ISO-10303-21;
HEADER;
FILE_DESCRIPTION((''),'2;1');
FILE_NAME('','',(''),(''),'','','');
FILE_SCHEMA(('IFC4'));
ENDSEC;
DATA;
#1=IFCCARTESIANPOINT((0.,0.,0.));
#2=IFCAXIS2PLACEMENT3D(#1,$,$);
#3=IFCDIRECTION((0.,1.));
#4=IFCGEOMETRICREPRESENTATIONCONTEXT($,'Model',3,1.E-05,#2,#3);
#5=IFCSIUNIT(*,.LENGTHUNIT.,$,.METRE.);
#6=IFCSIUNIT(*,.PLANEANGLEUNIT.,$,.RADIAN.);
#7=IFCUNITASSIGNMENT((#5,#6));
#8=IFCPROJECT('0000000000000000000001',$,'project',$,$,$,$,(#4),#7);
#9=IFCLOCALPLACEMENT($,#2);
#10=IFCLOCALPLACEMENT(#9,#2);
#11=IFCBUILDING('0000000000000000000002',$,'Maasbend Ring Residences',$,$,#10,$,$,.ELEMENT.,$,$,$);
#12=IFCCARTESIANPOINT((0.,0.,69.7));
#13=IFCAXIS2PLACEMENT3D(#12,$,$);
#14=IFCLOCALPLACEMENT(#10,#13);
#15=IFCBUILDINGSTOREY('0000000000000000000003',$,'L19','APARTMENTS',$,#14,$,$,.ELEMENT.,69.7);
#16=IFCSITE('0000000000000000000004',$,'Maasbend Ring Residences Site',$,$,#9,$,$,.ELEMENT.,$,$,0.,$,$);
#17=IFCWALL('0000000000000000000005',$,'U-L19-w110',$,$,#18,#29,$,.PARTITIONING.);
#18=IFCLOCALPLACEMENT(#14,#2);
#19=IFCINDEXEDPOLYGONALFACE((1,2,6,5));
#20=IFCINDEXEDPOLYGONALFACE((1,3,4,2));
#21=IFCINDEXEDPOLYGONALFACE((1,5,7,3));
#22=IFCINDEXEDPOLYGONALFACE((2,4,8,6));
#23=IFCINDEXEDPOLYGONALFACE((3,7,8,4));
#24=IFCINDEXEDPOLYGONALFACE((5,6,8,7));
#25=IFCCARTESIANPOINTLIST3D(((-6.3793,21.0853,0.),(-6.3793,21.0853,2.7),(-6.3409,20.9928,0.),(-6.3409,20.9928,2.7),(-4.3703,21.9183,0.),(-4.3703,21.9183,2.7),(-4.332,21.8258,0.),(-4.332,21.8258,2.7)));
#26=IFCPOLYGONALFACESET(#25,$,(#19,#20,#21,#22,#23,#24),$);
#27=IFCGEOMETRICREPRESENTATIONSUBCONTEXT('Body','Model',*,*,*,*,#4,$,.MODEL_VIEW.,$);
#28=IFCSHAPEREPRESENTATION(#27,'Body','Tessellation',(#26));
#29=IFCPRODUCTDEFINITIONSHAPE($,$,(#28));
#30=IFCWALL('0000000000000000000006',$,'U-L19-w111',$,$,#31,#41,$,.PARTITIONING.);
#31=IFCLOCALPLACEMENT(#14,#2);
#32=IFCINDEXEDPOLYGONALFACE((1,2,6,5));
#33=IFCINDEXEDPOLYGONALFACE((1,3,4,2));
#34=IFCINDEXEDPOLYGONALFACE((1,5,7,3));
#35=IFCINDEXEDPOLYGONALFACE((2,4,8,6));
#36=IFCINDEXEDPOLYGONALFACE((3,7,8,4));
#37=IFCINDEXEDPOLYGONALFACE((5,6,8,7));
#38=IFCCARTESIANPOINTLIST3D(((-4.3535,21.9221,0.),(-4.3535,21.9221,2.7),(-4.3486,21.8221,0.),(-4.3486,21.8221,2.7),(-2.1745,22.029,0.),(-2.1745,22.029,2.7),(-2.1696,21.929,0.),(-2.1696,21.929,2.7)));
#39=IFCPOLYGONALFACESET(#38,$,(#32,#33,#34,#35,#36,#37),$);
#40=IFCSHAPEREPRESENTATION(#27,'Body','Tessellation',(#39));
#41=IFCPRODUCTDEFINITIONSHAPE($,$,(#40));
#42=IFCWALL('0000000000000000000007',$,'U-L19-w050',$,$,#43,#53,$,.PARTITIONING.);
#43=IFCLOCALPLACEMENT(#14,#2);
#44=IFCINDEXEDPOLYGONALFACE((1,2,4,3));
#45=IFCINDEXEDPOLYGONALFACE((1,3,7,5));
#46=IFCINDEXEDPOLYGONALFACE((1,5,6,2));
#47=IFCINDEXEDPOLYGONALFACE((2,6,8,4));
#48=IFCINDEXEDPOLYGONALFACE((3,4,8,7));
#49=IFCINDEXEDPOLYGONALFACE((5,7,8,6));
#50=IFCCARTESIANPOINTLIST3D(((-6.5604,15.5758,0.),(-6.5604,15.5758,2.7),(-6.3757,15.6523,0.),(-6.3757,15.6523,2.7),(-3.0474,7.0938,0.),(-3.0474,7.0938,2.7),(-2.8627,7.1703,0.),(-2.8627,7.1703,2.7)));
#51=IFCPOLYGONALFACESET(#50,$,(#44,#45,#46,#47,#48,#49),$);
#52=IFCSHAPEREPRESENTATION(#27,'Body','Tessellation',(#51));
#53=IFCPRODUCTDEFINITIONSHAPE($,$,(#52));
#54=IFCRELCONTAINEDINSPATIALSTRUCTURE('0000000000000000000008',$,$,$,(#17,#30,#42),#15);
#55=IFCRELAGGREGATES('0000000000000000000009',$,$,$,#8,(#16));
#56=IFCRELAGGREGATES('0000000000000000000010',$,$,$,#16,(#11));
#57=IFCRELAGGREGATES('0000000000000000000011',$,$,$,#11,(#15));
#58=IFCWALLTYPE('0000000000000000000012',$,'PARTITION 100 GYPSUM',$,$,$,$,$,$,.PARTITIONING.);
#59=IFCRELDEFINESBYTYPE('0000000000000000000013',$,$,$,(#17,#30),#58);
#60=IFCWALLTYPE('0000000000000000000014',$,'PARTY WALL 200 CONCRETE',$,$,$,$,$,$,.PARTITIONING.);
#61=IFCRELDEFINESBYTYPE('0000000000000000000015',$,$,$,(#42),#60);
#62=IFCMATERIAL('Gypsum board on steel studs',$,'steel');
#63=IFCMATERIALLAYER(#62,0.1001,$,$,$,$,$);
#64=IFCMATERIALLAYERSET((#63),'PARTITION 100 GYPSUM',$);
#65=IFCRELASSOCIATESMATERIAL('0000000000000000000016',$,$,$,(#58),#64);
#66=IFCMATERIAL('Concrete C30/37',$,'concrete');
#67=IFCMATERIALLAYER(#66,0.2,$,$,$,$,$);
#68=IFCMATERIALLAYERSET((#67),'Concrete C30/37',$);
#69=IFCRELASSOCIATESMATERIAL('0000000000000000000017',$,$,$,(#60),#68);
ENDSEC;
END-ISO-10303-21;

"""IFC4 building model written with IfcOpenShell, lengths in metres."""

from ifc_helpers import new_model, si_unit, direction, frame, frame_2d, origin, place, context, subcontext, project, spatial, rectangle, extrude, material, layer, layer_set, type_object, element, save


model = new_model("IFC4")

# Units and contexts
model_context = context("Model", 3, precision=1e-05, world=origin(), true_north=direction((0.0, 1.0)))
body_context = subcontext(model_context, "Body", "Model", "MODEL_VIEW")
ifc_project = project(units=[si_unit("LENGTHUNIT", "METRE"), si_unit("PLANEANGLEUNIT", "RADIAN")], contexts=[model_context])

# Site, building, storey
site_placement = place(None, origin())
site = spatial("IfcSite", under=ifc_project, at=site_placement, Name="Maasbend Ring Residences Site", CompositionType="ELEMENT", RefElevation=0.0)
building_placement = place(site_placement, origin())
building = spatial("IfcBuilding", under=site, at=building_placement, Name="Maasbend Ring Residences", CompositionType="ELEMENT")
storey_placement = place(building_placement, frame((0.0, 0.0, 69.7)))
storey = spatial("IfcBuildingStorey", under=building, at=storey_placement, Name="L19", Description="APARTMENTS", CompositionType="ELEMENT", Elevation=69.7)

# Shared definitions
ifc_material_1 = material(Name="Gypsum board on steel studs", Category="steel")
ifc_layer_1 = layer(ifc_material_1, 0.1001)
ifc_layer_set_1 = layer_set([ifc_layer_1], Name="PARTITION 100 GYPSUM")
wall_type_1 = type_object("IfcWallType", Name="PARTITION 100 GYPSUM", PredefinedType="PARTITIONING", material=ifc_layer_set_1)

# Walls
wall_1_placement = place(storey_placement, frame((-6.3601, 21.0391, 0.0), z_axis=(0.0, 0.0, 1.0), x_axis=(0.923743, 0.383013, 0.0)))
element("IfcWall", 1, at=wall_1_placement, inside=storey, type_object=wall_type_1, Name="U-L19-w110", PredefinedType="PARTITIONING", context=body_context, shape_type="SweptSolid", body=[
    extrude(rectangle(XDim=2.1748, YDim=0.1001, at=frame_2d((1.0874, 0.0))), origin(), (0.0, 0.0, 1.0), 2.7),
])
wall_2_placement = place(storey_placement, frame((-4.3511, 21.8721, 0.0), z_axis=(0.0, 0.0, 1.0), x_axis=(0.998798, 0.049017, 0.0)))
element("IfcWall", 2, at=wall_2_placement, inside=storey, type_object=wall_type_1, Name="U-L19-w111", PredefinedType="PARTITIONING", context=body_context, shape_type="SweptSolid", body=[
    extrude(rectangle(XDim=2.1816, YDim=0.1001, at=frame_2d((1.0908, 0.0))), origin(), (0.0, 0.0, 1.0), 2.7),
])
ifc_material_2 = material(Name="Concrete C30/37", Category="concrete")
ifc_layer_2 = layer(ifc_material_2, 0.2)
ifc_layer_set_2 = layer_set([ifc_layer_2], Name="Concrete C30/37")
wall_type_2 = type_object("IfcWallType", Name="PARTY WALL 200 CONCRETE", PredefinedType="PARTITIONING", material=ifc_layer_set_2)
wall_3_placement = place(storey_placement, frame((-6.468, 15.614, 0.0), z_axis=(0.0, 0.0, 1.0), x_axis=(0.382647, -0.923895, 0.0)))
element("IfcWall", 3, at=wall_3_placement, inside=storey, type_object=wall_type_2, Name="U-L19-w050", PredefinedType="PARTITIONING", context=body_context, shape_type="SweptSolid", body=[
    extrude(rectangle(XDim=9.1807, YDim=0.2, at=frame_2d((4.5903, 0.0))), origin(), (0.0, 0.0, 1.0), 2.7),
])

save(model, "model.ifc")
